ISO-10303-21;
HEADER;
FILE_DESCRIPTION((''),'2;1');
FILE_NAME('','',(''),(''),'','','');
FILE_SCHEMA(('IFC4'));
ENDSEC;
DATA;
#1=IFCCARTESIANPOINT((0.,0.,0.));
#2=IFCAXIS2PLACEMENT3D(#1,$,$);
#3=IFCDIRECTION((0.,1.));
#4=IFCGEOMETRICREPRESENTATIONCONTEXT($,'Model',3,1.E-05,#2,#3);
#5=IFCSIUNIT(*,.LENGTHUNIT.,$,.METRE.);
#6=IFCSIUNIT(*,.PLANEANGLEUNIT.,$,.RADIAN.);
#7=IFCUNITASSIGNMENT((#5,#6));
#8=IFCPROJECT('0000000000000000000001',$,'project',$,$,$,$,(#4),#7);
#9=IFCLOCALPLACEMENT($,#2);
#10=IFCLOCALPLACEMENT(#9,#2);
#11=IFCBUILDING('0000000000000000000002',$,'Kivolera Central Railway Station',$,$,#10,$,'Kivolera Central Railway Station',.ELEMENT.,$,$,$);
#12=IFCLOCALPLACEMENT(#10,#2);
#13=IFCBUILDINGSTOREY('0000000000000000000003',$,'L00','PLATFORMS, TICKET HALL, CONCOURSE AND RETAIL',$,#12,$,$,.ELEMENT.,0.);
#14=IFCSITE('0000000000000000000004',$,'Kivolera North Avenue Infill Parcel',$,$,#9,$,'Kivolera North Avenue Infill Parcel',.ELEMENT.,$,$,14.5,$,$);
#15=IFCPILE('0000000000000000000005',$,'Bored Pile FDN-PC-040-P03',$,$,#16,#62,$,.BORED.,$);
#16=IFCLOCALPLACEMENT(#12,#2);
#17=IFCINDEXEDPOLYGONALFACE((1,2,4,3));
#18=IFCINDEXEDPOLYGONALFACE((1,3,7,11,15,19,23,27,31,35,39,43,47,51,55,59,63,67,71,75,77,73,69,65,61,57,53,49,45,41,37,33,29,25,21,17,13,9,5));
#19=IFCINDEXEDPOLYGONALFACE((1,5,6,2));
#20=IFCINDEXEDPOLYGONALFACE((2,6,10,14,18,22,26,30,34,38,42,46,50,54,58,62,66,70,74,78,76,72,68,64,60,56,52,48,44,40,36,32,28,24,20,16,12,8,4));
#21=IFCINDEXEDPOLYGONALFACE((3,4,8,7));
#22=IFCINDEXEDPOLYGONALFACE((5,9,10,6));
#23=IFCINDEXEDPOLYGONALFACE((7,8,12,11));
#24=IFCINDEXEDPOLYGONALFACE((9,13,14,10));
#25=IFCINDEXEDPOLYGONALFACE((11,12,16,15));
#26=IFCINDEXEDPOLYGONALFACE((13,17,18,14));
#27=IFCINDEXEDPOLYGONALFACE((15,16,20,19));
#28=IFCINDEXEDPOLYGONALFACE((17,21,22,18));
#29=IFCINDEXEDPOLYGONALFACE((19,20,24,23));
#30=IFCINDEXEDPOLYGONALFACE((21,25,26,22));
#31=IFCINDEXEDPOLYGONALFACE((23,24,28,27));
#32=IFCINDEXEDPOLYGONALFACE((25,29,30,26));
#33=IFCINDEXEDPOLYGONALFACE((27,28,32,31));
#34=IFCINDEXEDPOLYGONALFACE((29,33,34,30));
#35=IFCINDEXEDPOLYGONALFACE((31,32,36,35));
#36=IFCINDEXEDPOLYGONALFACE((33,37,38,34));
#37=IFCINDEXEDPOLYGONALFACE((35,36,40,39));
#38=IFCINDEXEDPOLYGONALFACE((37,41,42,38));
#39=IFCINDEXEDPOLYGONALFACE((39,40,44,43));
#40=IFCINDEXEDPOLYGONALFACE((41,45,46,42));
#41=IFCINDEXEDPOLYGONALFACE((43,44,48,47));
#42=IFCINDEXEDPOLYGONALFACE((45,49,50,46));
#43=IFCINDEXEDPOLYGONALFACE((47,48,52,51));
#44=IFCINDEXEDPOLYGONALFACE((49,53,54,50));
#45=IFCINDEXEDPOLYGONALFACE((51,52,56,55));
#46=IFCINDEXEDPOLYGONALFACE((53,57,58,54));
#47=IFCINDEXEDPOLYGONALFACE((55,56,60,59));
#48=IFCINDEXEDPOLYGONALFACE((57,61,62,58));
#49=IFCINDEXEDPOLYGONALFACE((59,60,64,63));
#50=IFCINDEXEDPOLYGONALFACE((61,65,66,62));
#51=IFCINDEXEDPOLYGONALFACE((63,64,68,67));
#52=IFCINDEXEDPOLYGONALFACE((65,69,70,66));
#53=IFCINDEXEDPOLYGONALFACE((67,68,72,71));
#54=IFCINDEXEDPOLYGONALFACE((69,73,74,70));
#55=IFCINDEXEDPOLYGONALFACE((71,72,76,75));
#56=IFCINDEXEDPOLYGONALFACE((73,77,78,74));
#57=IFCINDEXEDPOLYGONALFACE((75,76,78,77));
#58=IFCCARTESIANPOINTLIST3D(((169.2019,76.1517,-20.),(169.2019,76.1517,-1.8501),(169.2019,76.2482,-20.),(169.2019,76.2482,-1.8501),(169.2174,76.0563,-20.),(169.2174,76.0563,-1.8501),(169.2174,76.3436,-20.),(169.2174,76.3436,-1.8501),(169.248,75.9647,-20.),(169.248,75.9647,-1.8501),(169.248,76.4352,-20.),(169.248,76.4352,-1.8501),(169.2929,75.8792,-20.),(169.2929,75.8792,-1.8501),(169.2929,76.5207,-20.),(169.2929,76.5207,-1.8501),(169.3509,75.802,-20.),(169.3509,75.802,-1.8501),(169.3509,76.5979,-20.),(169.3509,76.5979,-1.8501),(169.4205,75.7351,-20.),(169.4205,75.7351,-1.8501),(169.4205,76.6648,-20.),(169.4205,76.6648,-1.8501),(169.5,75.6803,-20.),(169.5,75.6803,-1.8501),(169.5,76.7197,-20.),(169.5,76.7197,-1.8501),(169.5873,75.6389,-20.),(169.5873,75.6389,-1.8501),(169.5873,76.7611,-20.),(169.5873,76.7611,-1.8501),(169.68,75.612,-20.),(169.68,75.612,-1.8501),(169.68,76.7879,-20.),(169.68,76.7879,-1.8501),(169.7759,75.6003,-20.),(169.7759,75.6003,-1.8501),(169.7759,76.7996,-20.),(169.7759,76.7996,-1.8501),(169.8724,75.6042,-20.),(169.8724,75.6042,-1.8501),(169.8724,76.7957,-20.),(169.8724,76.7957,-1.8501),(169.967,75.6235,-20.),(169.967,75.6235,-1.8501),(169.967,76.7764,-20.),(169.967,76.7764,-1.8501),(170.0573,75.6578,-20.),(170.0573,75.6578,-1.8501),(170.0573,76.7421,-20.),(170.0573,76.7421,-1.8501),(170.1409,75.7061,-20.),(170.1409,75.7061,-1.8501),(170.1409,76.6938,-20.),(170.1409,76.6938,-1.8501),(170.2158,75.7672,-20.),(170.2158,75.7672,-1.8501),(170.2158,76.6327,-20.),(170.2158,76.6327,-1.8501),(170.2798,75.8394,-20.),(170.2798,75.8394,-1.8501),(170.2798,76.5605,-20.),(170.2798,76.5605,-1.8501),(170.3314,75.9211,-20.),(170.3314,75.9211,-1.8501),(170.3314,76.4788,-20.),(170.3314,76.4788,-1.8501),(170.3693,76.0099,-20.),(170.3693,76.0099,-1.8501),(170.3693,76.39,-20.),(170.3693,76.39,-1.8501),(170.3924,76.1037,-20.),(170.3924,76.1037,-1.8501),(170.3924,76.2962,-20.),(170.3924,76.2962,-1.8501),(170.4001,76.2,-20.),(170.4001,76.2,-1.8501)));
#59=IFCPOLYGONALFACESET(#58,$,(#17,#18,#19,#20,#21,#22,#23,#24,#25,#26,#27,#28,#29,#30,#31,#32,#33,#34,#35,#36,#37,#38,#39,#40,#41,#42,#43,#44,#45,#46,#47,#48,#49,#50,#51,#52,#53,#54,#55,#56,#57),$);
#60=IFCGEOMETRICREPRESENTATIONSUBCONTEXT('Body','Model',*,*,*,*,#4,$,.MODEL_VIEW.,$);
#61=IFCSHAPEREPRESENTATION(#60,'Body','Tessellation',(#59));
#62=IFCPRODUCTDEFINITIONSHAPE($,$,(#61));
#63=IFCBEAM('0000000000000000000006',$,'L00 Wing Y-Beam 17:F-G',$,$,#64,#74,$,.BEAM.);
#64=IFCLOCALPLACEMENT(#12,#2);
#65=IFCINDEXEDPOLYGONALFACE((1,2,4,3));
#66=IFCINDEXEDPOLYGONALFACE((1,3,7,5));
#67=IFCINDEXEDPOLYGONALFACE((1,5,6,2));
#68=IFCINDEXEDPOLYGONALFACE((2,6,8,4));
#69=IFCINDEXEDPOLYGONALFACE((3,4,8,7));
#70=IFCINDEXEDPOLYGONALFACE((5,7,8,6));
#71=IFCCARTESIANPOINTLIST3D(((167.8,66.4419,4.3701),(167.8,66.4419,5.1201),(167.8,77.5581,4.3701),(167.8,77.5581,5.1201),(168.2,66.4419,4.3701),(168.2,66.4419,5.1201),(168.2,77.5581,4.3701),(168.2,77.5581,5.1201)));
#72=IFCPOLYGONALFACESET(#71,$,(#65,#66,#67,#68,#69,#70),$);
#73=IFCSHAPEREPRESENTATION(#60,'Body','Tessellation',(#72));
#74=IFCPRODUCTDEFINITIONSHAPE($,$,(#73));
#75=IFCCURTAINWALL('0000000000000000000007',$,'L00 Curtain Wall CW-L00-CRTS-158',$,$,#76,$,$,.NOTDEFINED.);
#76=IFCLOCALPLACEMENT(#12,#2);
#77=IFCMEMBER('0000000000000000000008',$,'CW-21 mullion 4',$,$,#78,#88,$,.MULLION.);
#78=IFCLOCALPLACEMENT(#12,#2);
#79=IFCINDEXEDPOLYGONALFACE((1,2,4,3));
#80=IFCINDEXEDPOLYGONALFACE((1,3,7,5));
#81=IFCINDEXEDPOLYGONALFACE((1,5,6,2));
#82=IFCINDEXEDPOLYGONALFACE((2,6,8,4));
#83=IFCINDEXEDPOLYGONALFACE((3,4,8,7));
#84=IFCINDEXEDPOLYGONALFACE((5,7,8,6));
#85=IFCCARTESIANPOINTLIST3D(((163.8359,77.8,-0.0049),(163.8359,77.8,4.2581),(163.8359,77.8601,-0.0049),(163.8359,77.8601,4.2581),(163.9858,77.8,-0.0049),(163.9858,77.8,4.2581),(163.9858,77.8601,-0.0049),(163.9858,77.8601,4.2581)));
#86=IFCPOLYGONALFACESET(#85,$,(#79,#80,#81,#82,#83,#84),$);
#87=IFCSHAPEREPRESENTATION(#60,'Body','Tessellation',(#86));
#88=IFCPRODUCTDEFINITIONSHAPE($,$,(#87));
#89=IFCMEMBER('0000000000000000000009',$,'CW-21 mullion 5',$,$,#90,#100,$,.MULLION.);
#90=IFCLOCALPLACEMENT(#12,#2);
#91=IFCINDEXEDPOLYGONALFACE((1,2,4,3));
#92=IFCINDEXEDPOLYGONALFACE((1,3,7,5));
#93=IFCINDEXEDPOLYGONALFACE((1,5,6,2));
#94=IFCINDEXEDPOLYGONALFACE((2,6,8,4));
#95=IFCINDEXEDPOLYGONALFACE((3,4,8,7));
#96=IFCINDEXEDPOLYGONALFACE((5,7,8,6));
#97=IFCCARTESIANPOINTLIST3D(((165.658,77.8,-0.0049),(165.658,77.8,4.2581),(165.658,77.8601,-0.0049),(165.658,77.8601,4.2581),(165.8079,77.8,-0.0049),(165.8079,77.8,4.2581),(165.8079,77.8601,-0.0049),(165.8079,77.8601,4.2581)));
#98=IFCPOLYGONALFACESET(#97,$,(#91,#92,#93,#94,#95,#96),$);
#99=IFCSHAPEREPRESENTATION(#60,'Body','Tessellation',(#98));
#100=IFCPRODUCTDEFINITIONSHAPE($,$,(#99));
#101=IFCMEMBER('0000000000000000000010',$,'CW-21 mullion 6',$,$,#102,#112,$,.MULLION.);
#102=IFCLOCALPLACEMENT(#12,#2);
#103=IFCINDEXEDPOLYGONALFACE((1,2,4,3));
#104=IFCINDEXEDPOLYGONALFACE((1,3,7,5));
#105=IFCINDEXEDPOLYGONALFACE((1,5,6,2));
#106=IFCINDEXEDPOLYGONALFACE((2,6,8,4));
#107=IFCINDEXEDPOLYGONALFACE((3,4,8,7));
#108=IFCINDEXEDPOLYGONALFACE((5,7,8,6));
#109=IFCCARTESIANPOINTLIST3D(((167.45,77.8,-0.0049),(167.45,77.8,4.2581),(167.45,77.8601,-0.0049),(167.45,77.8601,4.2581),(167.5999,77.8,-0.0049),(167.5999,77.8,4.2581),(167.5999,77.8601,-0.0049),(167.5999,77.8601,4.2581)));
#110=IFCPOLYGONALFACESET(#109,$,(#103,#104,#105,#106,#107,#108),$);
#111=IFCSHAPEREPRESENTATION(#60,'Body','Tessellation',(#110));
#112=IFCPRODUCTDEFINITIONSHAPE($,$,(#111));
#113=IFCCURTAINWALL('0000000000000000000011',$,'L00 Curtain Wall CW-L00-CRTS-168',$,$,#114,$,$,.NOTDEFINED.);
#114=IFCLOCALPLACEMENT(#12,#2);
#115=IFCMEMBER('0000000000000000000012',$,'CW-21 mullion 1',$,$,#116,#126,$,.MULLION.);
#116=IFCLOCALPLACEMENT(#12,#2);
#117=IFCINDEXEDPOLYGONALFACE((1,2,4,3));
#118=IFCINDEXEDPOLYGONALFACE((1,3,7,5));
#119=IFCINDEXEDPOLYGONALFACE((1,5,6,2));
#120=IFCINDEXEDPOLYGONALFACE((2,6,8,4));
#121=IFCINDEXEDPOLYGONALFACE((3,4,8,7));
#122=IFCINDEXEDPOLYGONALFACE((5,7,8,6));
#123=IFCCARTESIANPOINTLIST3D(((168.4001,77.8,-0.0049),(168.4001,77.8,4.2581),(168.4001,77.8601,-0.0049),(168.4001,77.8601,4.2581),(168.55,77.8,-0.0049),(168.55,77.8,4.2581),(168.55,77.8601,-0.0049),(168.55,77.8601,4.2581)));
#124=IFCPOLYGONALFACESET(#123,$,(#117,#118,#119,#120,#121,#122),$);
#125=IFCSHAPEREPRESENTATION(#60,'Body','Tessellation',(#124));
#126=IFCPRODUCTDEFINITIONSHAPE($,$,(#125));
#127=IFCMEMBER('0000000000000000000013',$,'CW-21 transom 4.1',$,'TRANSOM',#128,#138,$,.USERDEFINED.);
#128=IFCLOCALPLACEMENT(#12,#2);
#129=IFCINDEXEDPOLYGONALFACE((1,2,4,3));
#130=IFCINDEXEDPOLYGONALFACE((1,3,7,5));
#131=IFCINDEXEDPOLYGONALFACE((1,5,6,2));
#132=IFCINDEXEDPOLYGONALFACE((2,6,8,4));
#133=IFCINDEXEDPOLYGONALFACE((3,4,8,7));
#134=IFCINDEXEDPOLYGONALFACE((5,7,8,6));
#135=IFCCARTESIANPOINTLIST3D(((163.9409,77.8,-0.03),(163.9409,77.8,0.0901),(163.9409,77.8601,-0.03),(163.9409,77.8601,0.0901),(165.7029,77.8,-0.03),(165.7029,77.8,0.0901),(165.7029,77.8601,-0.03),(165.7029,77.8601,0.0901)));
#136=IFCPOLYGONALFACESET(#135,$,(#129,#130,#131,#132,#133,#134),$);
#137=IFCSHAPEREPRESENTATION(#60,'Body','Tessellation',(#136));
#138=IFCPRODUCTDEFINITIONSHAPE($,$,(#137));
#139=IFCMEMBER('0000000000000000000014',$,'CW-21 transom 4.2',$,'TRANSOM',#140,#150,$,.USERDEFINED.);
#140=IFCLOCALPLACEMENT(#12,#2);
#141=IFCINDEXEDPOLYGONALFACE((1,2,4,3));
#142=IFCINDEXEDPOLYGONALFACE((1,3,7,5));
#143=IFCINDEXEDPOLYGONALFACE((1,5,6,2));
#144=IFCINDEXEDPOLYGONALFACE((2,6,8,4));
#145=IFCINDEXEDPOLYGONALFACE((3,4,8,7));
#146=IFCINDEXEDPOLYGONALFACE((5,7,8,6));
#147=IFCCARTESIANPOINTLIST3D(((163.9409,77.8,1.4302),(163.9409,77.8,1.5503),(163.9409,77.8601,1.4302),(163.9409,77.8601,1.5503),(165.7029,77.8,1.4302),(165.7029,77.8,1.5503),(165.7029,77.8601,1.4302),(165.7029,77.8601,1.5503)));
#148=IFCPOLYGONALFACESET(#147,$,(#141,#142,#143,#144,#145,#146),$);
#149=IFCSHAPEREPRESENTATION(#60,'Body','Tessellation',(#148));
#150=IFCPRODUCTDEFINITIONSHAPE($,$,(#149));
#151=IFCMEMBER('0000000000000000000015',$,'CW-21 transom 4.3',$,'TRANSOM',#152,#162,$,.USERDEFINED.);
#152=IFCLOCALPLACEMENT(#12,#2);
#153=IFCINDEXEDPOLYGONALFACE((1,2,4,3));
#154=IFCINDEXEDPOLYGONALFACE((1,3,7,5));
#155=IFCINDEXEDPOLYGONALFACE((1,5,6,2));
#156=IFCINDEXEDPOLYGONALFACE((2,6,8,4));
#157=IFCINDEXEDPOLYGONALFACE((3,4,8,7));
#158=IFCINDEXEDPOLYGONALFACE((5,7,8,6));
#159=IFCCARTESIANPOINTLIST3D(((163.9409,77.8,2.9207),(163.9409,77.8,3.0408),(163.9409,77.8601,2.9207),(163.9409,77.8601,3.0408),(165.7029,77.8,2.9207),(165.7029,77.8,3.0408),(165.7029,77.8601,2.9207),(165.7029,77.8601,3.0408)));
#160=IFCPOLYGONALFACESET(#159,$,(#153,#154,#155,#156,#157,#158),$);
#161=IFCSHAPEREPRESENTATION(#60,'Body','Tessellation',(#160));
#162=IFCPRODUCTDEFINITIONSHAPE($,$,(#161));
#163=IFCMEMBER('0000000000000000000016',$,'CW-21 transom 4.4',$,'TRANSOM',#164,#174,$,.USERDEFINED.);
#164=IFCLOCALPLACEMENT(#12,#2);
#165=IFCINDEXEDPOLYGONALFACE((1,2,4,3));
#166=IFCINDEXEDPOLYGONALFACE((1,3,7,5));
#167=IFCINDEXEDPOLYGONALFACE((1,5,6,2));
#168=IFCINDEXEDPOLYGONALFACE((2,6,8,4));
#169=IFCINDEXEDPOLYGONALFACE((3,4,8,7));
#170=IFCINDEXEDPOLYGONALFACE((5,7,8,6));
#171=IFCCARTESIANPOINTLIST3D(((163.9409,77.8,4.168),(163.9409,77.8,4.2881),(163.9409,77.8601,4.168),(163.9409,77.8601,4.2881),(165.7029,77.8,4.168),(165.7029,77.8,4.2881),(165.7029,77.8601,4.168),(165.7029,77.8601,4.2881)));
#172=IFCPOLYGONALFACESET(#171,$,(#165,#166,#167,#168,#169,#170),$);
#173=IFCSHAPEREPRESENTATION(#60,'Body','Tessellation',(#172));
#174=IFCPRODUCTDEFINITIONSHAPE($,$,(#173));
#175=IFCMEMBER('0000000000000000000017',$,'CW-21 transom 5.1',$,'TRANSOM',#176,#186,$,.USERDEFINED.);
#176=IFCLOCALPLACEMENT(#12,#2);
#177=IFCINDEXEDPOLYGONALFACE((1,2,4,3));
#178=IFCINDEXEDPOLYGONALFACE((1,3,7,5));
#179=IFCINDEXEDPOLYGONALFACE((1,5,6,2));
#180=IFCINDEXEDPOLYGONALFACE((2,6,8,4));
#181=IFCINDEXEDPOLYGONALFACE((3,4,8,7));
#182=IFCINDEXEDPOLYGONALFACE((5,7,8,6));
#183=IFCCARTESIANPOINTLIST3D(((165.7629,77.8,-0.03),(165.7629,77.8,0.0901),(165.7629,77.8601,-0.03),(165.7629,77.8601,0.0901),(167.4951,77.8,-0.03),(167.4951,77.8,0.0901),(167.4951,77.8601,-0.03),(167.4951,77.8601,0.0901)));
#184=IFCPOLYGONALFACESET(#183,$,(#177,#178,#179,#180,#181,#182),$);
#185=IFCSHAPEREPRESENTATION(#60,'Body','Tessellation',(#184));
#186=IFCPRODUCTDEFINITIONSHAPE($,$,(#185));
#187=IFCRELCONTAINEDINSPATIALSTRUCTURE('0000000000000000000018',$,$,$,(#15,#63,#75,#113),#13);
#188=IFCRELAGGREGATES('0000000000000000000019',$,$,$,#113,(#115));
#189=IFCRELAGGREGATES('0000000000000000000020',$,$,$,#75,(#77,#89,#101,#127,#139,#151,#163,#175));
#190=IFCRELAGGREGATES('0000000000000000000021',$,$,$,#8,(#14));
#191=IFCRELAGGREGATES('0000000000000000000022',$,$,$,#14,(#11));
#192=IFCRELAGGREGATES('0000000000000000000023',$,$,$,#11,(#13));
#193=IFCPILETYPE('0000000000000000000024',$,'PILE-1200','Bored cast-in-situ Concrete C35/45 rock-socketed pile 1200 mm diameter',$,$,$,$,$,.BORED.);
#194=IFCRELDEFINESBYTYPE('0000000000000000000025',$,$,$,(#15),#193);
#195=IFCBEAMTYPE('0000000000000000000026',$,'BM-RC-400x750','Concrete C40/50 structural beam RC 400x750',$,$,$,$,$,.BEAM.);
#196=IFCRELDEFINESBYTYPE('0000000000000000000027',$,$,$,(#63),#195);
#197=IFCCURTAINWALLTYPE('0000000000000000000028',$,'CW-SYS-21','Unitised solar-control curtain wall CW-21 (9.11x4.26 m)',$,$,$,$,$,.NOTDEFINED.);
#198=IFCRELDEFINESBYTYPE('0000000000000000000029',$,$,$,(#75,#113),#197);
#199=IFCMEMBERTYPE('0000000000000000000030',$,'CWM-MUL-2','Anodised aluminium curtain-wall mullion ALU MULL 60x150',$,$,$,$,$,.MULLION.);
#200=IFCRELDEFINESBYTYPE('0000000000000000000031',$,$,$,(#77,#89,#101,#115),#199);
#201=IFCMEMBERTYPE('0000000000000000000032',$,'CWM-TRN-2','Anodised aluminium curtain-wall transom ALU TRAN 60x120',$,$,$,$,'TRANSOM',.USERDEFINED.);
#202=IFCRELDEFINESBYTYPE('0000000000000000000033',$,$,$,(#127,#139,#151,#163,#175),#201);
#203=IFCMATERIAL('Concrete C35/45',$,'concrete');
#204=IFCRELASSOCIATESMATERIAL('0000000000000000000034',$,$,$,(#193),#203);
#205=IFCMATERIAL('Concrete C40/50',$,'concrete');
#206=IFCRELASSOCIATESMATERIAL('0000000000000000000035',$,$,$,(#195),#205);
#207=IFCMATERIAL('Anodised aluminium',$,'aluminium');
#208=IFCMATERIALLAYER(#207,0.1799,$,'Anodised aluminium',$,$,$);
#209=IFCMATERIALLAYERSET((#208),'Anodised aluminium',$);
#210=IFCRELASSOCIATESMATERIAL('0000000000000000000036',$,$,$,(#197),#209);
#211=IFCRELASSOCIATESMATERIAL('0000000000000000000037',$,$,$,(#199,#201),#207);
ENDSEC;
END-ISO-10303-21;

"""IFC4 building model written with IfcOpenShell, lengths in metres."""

from ifc_helpers import new_model, si_unit, direction, frame, origin, origin_2d, place, context, subcontext, project, spatial, rectangle, circle, extrude, material, layer, layer_set, material_profile, profile_set, type_object, element, aggregate, save


model = new_model("IFC4")

# Units and contexts
model_context = context("Model", 3, precision=1e-05, world=origin(), true_north=direction((0.0, 1.0)))
body_context = subcontext(model_context, "Body", "Model", "MODEL_VIEW")
ifc_project = project(units=[si_unit("LENGTHUNIT", "METRE"), si_unit("PLANEANGLEUNIT", "RADIAN")], contexts=[model_context])

# Site, building, storey
site_placement = place(None, origin())
site = spatial("IfcSite", under=ifc_project, at=site_placement, Name="Kivolera North Avenue Infill Parcel", LongName="Kivolera North Avenue Infill Parcel", CompositionType="ELEMENT", RefElevation=14.5)
building_placement = place(site_placement, origin())
building = spatial("IfcBuilding", under=site, at=building_placement, Name="Kivolera Central Railway Station", LongName="Kivolera Central Railway Station", CompositionType="ELEMENT")
storey_placement = place(building_placement, origin())
storey = spatial("IfcBuildingStorey", under=building, at=storey_placement, Name="L00", Description="PLATFORMS, TICKET HALL, CONCOURSE AND RETAIL", CompositionType="ELEMENT", Elevation=0.0)

# Shared definitions
ifc_material_1 = material(Name="Concrete C35/45", Category="concrete")

# Pile
ifc_material_profile_1 = material_profile(ifc_material_1, circle(Radius=0.6001, at=origin_2d()), Name="PILE D1200")
ifc_profile_set_1 = profile_set([ifc_material_profile_1], Name="Concrete C35/45")
pile_type = type_object("IfcPileType", Name="PILE-1200", Description="Bored cast-in-situ Concrete C35/45 rock-socketed pile 1200 mm diameter", PredefinedType="BORED", material=ifc_profile_set_1)
for number, where, z_axis, x_axis, name in (
    (1, (169.8, 76.2, -1.8501), (0.0, 0.0, -1.0), (1.0, 0.0, 0.0), "Bored Pile FDN-PC-040-P03"),
):
    element("IfcPile", number, at=place(storey_placement, frame(where, z_axis=z_axis, x_axis=x_axis)), inside=storey, type_object=pile_type, Name=name, PredefinedType="BORED", context=body_context, shape_type="SweptSolid", body=[
        extrude(circle(Radius=0.6001, at=origin_2d()), origin(), (0.0, 0.0, 1.0), 18.1499),
    ])

# Beam
ifc_material_2 = material(Name="Concrete C40/50", Category="concrete")
ifc_material_profile_2 = material_profile(ifc_material_2, rectangle(XDim=0.3999, YDim=0.75, at=origin_2d()), Name="RC 400x750")
ifc_profile_set_2 = profile_set([ifc_material_profile_2], Name="Concrete C40/50")
beam_type = type_object("IfcBeamType", Name="BM-RC-400x750", Description="Concrete C40/50 structural beam RC 400x750", PredefinedType="BEAM", material=ifc_profile_set_2)
beam_placement = place(storey_placement, frame((168.0, 66.4419, 4.7451), z_axis=(0.0, 1.0, 0.0), x_axis=(-1.0, 0.0, 0.0)))
element("IfcBeam", 2, at=beam_placement, inside=storey, type_object=beam_type, Name="L00 Wing Y-Beam 17:F-G", PredefinedType="BEAM", context=body_context, shape_type="SweptSolid", body=[
    extrude(rectangle(XDim=0.3999, YDim=0.75, at=origin_2d()), origin(), (0.0, 0.0, 1.0), 11.1162),
])

# Curtain wall, members
ifc_material_3 = material(Name="Anodised aluminium", Category="aluminium")
ifc_layer_1 = layer(ifc_material_3, 0.1799, Name="Anodised aluminium")
ifc_layer_set_1 = layer_set([ifc_layer_1], Name="Anodised aluminium")
curtain_wall_type = type_object("IfcCurtainWallType", Name="CW-SYS-21", Description="Unitised solar-control curtain wall CW-21 (9.11x4.26 m)", PredefinedType="NOTDEFINED", material=ifc_layer_set_1)
curtain_wall_1_placement = place(storey_placement, origin())
curtain_wall_1 = element("IfcCurtainWall", 3, at=curtain_wall_1_placement, inside=storey, type_object=curtain_wall_type, Name="L00 Curtain Wall CW-L00-CRTS-158", PredefinedType="NOTDEFINED")
ifc_material_profile_3 = material_profile(ifc_material_3, rectangle(XDim=0.0601, YDim=0.1499, at=origin_2d()), Name="ALU MULL 60x150")
ifc_profile_set_3 = profile_set([ifc_material_profile_3], Name="Anodised aluminium")
member_type_1 = type_object("IfcMemberType", Name="CWM-MUL-2", Description="Anodised aluminium curtain-wall mullion ALU MULL 60x150", PredefinedType="MULLION", material=ifc_profile_set_3)
member_1_placement = place(storey_placement, frame((163.9109, 77.8301, -0.0049), z_axis=(0.0, 0.0, 1.0), x_axis=(0.0, 1.0, 0.0)))
member_1 = element("IfcMember", 4, at=member_1_placement, type_object=member_type_1, Name="CW-21 mullion 4", PredefinedType="MULLION", context=body_context, shape_type="SweptSolid", body=[
    extrude(rectangle(XDim=0.0601, YDim=0.1499, at=origin_2d()), origin(), (0.0, 0.0, 1.0), 4.2629),
])
member_2_placement = place(storey_placement, frame((165.7329, 77.8301, -0.0049), z_axis=(0.0, 0.0, 1.0), x_axis=(0.0, 1.0, 0.0)))
member_2 = element("IfcMember", 5, at=member_2_placement, type_object=member_type_1, Name="CW-21 mullion 5", PredefinedType="MULLION", context=body_context, shape_type="SweptSolid", body=[
    extrude(rectangle(XDim=0.0601, YDim=0.1499, at=origin_2d()), origin(), (0.0, 0.0, 1.0), 4.2629),
])
member_3_placement = place(storey_placement, frame((167.5249, 77.8301, -0.0049), z_axis=(0.0, 0.0, 1.0), x_axis=(0.0, 1.0, 0.0)))
member_3 = element("IfcMember", 6, at=member_3_placement, type_object=member_type_1, Name="CW-21 mullion 6", PredefinedType="MULLION", context=body_context, shape_type="SweptSolid", body=[
    extrude(rectangle(XDim=0.0601, YDim=0.1499, at=origin_2d()), origin(), (0.0, 0.0, 1.0), 4.2629),
])

# Curtain wall, member
curtain_wall_2_placement = place(storey_placement, origin())
curtain_wall_2 = element("IfcCurtainWall", 7, at=curtain_wall_2_placement, inside=storey, type_object=curtain_wall_type, Name="L00 Curtain Wall CW-L00-CRTS-168", PredefinedType="NOTDEFINED")
member_4_placement = place(storey_placement, frame((168.4751, 77.8301, -0.0049), z_axis=(0.0, 0.0, 1.0), x_axis=(0.0, 1.0, 0.0)))
member_4 = element("IfcMember", 8, at=member_4_placement, type_object=member_type_1, Name="CW-21 mullion 1", PredefinedType="MULLION", context=body_context, shape_type="SweptSolid", body=[
    extrude(rectangle(XDim=0.0601, YDim=0.1499, at=origin_2d()), origin(), (0.0, 0.0, 1.0), 4.2629),
])

# Members
ifc_material_profile_4 = material_profile(ifc_material_3, rectangle(XDim=0.0601, YDim=0.1201, at=origin_2d()), Name="ALU TRAN 60x120")
ifc_profile_set_4 = profile_set([ifc_material_profile_4], Name="Anodised aluminium")
member_type_2 = type_object("IfcMemberType", Name="CWM-TRN-2", Description="Anodised aluminium curtain-wall transom ALU TRAN 60x120", ElementType="TRANSOM", PredefinedType="USERDEFINED", material=ifc_profile_set_4)
member_5_placement = place(storey_placement, frame((163.9409, 77.8301, 0.03), z_axis=(1.0, 0.0, 0.0), x_axis=(0.0, 1.0, 0.0)))
member_5 = element("IfcMember", 9, at=member_5_placement, type_object=member_type_2, Name="CW-21 transom 4.1", ObjectType="TRANSOM", PredefinedType="USERDEFINED", context=body_context, shape_type="SweptSolid", body=[
    extrude(rectangle(XDim=0.0601, YDim=0.1201, at=origin_2d()), origin(), (0.0, 0.0, 1.0), 1.762),
])
member_6_placement = place(storey_placement, frame((163.9409, 77.8301, 1.4902), z_axis=(1.0, 0.0, 0.0), x_axis=(0.0, 1.0, 0.0)))
member_6 = element("IfcMember", 10, at=member_6_placement, type_object=member_type_2, Name="CW-21 transom 4.2", ObjectType="TRANSOM", PredefinedType="USERDEFINED", context=body_context, shape_type="SweptSolid", body=[
    extrude(rectangle(XDim=0.0601, YDim=0.1201, at=origin_2d()), origin(), (0.0, 0.0, 1.0), 1.762),
])
member_7_placement = place(storey_placement, frame((163.9409, 77.8301, 2.9807), z_axis=(1.0, 0.0, 0.0), x_axis=(0.0, 1.0, 0.0)))
member_7 = element("IfcMember", 11, at=member_7_placement, type_object=member_type_2, Name="CW-21 transom 4.3", ObjectType="TRANSOM", PredefinedType="USERDEFINED", context=body_context, shape_type="SweptSolid", body=[
    extrude(rectangle(XDim=0.0601, YDim=0.1201, at=origin_2d()), origin(), (0.0, 0.0, 1.0), 1.762),
])
member_8_placement = place(storey_placement, frame((163.9409, 77.8301, 4.228), z_axis=(1.0, 0.0, 0.0), x_axis=(0.0, 1.0, 0.0)))
member_8 = element("IfcMember", 12, at=member_8_placement, type_object=member_type_2, Name="CW-21 transom 4.4", ObjectType="TRANSOM", PredefinedType="USERDEFINED", context=body_context, shape_type="SweptSolid", body=[
    extrude(rectangle(XDim=0.0601, YDim=0.1201, at=origin_2d()), origin(), (0.0, 0.0, 1.0), 1.762),
])
member_9_placement = place(storey_placement, frame((165.7629, 77.8301, 0.03), z_axis=(1.0, 0.0, 0.0), x_axis=(0.0, 1.0, 0.0)))
member_9 = element("IfcMember", 13, at=member_9_placement, type_object=member_type_2, Name="CW-21 transom 5.1", ObjectType="TRANSOM", PredefinedType="USERDEFINED", context=body_context, shape_type="SweptSolid", body=[
    extrude(rectangle(XDim=0.0601, YDim=0.1201, at=origin_2d()), origin(), (0.0, 0.0, 1.0), 1.7322),
])
aggregate(curtain_wall_2, [member_4])

aggregate(curtain_wall_1, [member_1, member_2, member_3, member_5, member_6, member_7, member_8, member_9])

save(model, "model.ifc")
